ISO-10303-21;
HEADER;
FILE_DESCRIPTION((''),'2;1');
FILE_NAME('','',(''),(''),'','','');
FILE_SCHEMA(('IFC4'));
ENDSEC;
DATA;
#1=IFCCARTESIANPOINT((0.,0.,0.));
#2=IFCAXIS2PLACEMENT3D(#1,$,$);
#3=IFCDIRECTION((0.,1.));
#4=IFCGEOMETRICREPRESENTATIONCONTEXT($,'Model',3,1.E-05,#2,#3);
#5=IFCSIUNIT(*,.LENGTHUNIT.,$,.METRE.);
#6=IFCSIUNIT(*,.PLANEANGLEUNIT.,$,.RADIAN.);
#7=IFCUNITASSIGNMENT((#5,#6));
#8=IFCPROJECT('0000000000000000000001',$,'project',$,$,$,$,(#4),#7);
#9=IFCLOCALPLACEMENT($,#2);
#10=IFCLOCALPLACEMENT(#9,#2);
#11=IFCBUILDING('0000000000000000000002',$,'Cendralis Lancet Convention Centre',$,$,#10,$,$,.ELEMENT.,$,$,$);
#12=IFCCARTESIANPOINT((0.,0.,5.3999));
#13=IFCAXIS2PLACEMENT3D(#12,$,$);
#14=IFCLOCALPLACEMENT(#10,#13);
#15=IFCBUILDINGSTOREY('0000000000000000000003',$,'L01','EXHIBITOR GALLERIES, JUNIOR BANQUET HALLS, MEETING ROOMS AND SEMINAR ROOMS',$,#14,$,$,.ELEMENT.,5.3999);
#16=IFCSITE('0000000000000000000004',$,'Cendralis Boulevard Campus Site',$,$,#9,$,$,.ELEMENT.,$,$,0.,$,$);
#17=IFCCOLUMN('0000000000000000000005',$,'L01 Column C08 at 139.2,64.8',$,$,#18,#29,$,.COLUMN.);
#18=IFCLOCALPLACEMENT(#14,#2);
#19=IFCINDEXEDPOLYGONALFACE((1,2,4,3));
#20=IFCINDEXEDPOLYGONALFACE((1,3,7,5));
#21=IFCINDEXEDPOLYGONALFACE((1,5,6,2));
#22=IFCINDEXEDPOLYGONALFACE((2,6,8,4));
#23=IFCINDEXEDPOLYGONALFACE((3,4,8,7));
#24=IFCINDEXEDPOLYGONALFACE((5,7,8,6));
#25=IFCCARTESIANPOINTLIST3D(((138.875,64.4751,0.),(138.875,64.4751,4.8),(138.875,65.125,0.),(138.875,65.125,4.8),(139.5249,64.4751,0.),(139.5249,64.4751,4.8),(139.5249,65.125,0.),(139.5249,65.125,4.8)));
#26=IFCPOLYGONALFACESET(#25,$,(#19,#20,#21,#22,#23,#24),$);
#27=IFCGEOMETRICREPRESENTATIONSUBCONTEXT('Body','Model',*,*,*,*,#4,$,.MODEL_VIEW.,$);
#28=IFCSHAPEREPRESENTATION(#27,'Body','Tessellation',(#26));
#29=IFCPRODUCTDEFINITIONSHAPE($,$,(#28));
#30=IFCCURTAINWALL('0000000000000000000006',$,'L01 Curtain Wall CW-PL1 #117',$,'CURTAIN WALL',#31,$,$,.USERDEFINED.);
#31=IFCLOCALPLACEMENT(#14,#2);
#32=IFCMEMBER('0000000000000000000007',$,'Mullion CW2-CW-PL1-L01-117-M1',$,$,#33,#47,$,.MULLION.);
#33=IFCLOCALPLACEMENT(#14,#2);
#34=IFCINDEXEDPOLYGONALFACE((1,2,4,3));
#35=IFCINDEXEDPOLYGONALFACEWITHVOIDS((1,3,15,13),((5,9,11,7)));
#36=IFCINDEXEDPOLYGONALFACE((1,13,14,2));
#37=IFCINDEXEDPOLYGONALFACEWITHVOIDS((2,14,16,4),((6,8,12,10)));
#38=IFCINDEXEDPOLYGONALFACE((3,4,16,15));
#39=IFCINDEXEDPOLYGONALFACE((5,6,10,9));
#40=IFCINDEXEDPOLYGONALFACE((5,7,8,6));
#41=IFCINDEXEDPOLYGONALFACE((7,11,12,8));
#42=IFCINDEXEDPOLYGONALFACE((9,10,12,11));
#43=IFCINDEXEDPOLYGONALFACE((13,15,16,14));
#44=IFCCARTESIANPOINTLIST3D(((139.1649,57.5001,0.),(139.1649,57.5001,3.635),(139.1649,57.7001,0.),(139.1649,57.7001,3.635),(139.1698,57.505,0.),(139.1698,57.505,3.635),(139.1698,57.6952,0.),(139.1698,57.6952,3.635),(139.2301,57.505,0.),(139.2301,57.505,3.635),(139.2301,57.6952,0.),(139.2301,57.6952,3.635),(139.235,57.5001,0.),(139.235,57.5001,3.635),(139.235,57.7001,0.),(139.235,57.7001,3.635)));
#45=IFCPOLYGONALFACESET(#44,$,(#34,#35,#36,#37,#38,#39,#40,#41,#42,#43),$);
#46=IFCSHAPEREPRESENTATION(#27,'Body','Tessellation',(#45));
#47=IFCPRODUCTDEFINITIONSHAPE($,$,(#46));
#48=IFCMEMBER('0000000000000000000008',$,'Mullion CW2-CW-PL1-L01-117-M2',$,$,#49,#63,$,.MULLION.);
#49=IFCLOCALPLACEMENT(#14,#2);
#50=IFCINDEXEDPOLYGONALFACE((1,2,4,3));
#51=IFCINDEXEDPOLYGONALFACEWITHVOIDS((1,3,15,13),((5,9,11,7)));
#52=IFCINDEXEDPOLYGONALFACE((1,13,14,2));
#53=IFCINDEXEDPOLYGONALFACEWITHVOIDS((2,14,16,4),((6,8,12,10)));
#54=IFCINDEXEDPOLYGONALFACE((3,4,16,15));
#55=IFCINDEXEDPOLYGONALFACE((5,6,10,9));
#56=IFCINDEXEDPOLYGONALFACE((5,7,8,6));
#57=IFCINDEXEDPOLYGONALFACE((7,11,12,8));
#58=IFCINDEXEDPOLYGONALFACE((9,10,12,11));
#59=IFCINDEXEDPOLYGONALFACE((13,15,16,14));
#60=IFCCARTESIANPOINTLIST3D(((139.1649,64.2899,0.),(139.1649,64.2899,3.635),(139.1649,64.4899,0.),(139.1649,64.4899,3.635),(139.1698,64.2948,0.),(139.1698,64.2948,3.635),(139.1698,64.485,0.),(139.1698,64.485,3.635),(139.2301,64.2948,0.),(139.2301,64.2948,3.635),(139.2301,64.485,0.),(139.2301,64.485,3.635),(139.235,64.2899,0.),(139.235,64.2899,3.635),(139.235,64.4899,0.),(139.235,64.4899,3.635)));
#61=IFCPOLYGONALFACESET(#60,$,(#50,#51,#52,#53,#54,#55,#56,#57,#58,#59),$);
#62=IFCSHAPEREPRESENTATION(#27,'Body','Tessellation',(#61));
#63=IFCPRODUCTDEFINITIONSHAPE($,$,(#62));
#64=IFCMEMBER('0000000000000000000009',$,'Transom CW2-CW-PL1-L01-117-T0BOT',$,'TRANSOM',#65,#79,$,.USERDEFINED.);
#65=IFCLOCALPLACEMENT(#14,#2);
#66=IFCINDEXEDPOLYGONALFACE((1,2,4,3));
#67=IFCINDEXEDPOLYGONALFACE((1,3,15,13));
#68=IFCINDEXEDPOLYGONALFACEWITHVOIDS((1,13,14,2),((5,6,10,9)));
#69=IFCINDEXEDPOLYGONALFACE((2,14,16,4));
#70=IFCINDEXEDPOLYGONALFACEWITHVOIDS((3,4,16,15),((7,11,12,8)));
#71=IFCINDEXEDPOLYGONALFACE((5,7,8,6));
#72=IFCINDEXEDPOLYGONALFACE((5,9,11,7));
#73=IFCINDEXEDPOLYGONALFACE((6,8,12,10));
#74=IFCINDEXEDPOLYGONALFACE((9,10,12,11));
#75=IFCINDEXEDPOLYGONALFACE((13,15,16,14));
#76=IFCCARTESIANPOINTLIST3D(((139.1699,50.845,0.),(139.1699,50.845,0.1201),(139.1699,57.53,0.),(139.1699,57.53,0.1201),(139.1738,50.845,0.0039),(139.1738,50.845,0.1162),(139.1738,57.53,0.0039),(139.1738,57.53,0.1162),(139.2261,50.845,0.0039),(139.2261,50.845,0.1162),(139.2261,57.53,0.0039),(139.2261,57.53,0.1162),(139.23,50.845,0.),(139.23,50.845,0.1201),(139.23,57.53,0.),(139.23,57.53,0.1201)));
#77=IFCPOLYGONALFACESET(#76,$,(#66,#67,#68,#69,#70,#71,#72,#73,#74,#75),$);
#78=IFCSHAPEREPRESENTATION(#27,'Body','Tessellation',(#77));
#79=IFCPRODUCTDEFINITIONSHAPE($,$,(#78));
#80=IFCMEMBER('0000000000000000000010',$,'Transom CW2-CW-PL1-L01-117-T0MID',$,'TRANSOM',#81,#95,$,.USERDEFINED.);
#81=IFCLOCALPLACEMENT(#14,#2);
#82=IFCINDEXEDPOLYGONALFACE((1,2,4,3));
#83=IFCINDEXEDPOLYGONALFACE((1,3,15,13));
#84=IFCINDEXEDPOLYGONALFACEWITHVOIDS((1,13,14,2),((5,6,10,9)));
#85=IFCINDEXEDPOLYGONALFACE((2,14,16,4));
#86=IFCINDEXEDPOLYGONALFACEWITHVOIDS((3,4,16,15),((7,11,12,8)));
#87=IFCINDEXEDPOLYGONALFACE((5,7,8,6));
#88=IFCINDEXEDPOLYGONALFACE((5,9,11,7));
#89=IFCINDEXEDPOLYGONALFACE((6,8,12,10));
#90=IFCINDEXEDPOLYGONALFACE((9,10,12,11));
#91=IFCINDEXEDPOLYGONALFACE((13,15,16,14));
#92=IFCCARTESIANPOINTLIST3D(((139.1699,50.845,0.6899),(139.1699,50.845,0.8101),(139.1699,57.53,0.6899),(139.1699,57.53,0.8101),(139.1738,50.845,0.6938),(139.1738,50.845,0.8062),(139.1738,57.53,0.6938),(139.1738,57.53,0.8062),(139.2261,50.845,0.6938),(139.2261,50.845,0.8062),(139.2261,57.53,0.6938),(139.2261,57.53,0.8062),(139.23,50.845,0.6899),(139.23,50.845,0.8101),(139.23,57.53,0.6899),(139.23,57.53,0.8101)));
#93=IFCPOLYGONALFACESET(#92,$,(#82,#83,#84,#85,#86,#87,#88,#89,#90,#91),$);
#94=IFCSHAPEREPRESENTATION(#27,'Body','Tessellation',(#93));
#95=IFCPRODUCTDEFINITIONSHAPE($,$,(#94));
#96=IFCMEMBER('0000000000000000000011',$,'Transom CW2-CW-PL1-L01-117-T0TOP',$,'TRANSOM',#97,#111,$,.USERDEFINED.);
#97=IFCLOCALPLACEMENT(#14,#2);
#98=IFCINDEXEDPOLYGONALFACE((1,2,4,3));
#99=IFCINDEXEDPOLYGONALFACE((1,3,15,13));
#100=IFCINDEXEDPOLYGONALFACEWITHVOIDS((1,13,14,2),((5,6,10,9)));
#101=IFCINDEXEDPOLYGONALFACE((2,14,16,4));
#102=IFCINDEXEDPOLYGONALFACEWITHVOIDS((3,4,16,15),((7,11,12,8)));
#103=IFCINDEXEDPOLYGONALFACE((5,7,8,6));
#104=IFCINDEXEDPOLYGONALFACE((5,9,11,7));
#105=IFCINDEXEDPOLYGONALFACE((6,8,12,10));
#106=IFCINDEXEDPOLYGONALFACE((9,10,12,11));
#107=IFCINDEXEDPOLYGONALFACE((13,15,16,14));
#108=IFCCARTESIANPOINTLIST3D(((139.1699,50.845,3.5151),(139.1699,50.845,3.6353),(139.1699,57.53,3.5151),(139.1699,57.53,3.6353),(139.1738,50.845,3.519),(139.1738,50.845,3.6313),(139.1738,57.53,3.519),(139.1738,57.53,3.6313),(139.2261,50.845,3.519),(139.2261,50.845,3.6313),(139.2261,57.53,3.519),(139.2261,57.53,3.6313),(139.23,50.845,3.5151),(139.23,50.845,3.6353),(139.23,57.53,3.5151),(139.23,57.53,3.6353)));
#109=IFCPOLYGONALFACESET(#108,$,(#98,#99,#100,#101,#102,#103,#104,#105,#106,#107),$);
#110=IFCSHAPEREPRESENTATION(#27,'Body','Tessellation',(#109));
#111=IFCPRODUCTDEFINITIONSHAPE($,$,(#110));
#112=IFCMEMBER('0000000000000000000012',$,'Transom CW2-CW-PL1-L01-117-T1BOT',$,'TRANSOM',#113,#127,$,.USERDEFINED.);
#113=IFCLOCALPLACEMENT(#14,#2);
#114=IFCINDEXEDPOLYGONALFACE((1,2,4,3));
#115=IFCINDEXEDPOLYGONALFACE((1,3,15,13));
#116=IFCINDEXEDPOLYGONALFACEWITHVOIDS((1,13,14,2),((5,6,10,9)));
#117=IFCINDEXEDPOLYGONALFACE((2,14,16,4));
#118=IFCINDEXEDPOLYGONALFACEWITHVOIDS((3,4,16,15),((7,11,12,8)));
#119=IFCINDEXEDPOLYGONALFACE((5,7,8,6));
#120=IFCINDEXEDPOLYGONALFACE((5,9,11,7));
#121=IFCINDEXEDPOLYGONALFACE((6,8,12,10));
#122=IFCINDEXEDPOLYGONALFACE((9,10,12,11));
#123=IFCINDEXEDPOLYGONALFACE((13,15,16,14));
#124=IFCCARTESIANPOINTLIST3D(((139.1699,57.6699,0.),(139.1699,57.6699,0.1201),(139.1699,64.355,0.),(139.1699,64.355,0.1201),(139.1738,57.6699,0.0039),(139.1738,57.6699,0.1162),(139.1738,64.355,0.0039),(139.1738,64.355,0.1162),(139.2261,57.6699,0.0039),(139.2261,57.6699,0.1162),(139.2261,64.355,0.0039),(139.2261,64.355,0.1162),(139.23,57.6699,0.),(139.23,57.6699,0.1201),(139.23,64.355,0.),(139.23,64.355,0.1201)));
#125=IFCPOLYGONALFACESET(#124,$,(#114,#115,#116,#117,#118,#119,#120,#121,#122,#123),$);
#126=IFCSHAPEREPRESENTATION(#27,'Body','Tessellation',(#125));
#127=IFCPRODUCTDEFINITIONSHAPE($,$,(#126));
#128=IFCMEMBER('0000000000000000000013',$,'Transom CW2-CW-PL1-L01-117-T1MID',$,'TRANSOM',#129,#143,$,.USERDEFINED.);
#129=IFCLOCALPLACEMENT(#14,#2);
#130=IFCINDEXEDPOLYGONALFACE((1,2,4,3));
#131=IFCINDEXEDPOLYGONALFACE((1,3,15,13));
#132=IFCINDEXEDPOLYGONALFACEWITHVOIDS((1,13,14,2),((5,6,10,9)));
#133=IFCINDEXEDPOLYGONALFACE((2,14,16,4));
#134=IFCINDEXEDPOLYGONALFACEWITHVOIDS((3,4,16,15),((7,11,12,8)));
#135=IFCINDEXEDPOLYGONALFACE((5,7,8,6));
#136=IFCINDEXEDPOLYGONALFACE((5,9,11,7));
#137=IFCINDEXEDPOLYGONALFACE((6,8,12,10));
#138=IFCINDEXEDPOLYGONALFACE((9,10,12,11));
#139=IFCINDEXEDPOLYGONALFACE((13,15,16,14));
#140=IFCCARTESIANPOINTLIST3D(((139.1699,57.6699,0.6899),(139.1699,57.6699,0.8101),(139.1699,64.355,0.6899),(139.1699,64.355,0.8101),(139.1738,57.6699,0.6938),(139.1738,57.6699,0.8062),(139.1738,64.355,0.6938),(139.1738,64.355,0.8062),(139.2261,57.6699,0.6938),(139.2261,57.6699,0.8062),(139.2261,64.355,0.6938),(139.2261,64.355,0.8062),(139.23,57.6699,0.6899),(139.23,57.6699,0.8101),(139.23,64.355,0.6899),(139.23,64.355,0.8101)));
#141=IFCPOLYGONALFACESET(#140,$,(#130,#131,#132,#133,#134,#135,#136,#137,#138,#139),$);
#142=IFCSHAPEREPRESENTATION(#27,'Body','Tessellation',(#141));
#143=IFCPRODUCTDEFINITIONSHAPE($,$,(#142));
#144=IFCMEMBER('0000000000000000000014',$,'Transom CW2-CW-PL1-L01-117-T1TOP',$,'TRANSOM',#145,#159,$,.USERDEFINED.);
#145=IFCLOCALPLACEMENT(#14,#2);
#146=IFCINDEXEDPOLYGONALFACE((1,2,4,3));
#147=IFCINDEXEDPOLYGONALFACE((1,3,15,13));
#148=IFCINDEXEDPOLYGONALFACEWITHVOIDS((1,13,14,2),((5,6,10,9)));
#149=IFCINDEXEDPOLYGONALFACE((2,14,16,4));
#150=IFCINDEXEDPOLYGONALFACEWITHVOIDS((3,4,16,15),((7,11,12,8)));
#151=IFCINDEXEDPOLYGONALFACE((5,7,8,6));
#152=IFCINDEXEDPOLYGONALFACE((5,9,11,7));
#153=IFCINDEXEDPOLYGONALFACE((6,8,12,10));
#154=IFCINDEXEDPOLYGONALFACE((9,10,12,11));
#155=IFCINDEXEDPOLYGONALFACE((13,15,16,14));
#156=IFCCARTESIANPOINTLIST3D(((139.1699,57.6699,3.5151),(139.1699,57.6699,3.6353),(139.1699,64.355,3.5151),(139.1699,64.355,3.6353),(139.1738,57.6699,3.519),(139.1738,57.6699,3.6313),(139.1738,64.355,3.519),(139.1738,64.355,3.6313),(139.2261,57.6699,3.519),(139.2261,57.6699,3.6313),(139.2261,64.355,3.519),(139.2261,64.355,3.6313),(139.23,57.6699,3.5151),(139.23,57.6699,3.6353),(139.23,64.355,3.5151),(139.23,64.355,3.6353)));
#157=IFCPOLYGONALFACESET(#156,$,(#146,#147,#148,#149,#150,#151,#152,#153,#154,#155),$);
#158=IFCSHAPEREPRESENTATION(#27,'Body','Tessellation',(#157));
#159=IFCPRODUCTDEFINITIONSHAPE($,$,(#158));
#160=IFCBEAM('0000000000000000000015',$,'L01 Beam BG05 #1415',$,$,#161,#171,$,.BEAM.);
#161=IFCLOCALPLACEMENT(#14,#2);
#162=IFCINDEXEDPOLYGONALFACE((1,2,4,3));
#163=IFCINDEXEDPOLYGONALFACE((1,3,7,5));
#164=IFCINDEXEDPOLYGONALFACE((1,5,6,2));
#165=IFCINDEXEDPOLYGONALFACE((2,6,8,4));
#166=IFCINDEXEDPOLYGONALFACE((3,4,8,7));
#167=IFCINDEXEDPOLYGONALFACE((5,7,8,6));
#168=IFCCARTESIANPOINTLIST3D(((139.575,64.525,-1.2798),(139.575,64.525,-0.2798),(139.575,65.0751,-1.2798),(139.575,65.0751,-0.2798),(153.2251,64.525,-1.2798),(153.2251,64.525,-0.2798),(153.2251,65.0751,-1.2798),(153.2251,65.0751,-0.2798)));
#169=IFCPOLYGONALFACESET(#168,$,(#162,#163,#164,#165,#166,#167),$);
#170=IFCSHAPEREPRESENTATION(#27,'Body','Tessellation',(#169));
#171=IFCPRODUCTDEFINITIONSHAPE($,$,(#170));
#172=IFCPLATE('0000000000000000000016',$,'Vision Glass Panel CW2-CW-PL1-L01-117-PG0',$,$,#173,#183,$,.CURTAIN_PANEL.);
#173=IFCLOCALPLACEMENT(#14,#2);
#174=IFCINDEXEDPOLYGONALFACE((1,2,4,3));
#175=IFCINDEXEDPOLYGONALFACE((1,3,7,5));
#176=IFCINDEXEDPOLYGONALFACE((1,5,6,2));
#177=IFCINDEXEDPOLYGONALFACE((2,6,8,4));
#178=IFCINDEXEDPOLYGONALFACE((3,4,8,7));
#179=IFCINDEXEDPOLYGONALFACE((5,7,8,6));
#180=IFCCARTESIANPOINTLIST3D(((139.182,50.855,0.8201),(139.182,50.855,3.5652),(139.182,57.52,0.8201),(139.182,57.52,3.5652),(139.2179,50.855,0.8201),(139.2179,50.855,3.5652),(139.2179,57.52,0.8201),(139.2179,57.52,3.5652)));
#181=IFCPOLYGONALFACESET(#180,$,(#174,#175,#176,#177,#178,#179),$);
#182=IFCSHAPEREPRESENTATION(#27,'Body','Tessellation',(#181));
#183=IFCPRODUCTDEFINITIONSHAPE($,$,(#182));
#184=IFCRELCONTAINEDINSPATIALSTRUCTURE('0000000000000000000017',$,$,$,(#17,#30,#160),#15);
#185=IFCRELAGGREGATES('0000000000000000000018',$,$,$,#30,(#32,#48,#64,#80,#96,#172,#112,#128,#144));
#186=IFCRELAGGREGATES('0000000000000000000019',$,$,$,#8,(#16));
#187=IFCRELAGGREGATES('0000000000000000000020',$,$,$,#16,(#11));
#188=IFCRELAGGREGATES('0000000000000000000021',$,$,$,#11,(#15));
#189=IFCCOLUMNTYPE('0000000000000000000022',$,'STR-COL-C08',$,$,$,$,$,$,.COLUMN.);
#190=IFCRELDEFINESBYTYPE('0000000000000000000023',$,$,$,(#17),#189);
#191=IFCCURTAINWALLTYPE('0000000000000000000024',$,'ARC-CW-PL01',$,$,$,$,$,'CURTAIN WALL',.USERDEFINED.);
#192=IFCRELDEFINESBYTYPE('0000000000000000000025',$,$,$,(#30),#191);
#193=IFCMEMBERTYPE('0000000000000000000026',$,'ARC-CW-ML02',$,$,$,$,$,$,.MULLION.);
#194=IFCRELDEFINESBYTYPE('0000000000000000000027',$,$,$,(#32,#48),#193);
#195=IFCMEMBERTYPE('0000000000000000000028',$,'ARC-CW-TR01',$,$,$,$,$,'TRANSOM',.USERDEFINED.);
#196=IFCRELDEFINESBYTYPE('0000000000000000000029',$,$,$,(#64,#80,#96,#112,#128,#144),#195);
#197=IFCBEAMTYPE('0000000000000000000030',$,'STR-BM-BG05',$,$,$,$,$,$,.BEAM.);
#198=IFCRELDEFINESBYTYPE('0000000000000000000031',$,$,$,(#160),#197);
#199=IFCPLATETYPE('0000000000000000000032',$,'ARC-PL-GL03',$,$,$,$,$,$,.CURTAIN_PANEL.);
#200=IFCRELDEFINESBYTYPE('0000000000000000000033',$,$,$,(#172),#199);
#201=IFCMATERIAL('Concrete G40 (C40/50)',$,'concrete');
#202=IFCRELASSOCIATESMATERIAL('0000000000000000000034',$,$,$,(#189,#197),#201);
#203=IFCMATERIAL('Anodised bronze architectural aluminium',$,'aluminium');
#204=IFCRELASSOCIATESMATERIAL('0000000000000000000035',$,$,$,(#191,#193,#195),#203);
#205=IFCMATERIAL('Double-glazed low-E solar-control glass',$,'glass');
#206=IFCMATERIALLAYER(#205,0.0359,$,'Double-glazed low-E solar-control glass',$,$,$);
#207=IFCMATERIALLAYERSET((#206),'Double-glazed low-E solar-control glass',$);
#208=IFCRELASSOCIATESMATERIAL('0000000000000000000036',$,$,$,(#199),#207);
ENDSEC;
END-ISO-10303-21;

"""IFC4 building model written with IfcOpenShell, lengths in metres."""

from ifc_helpers import new_model, si_unit, direction, frame, origin, origin_2d, place, context, subcontext, project, spatial, rectangle, hollow_rectangle, extrude, material, layer, layer_set, material_profile, profile_set, type_object, element, aggregate, save


model = new_model("IFC4")

# Units and contexts
model_context = context("Model", 3, precision=1e-05, world=origin(), true_north=direction((0.0, 1.0)))
body_context = subcontext(model_context, "Body", "Model", "MODEL_VIEW")
ifc_project = project(units=[si_unit("LENGTHUNIT", "METRE"), si_unit("PLANEANGLEUNIT", "RADIAN")], contexts=[model_context])

# Site, building, storey
site_placement = place(None, origin())
site = spatial("IfcSite", under=ifc_project, at=site_placement, Name="Cendralis Boulevard Campus Site", CompositionType="ELEMENT", RefElevation=0.0)
building_placement = place(site_placement, origin())
building = spatial("IfcBuilding", under=site, at=building_placement, Name="Cendralis Lancet Convention Centre", CompositionType="ELEMENT")
storey_placement = place(building_placement, frame((0.0, 0.0, 5.3999)))
storey = spatial("IfcBuildingStorey", under=building, at=storey_placement, Name="L01", Description="EXHIBITOR GALLERIES, JUNIOR BANQUET HALLS, MEETING ROOMS AND SEMINAR ROOMS", CompositionType="ELEMENT", Elevation=5.3999)

# Column
ifc_material_1 = material(Name="Concrete G40 (C40/50)", Category="concrete")
ifc_material_profile_1 = material_profile(ifc_material_1, rectangle(XDim=0.6499, YDim=0.6499, at=origin_2d()), Name="RC 650x650")
ifc_profile_set_1 = profile_set([ifc_material_profile_1], Name="Concrete G40 (C40/50)")
column_type = type_object("IfcColumnType", Name="STR-COL-C08", PredefinedType="COLUMN", material=ifc_profile_set_1)
column_placement = place(storey_placement, frame((139.2, 64.8, 0.0), z_axis=(0.0, 0.0, 1.0), x_axis=(1.0, 0.0, 0.0)))
element("IfcColumn", 1, at=column_placement, inside=storey, type_object=column_type, Name="L01 Column C08 at 139.2,64.8", PredefinedType="COLUMN", context=body_context, shape_type="SweptSolid", body=[
    extrude(rectangle(XDim=0.6499, YDim=0.6499, at=origin_2d()), origin(), (0.0, 0.0, 1.0), 4.8),
])

# Curtain wall, members
ifc_material_2 = material(Name="Anodised bronze architectural aluminium", Category="aluminium")
curtain_wall_type = type_object("IfcCurtainWallType", Name="ARC-CW-PL01", ElementType="CURTAIN WALL", PredefinedType="USERDEFINED", material=ifc_material_2)
curtain_wall_placement = place(storey_placement, origin())
curtain_wall = element("IfcCurtainWall", 2, at=curtain_wall_placement, inside=storey, type_object=curtain_wall_type, Name="L01 Curtain Wall CW-PL1 #117", ObjectType="CURTAIN WALL", PredefinedType="USERDEFINED")
ifc_material_profile_2 = material_profile(ifc_material_2, hollow_rectangle(XDim=0.0701, YDim=0.2, WallThickness=0.0049, at=origin_2d()), Name="AL-MULL 70x200x5.0")
ifc_profile_set_2 = profile_set([ifc_material_profile_2], Name="Anodised bronze architectural aluminium")
member_type_1 = type_object("IfcMemberType", Name="ARC-CW-ML02", PredefinedType="MULLION", material=ifc_profile_set_2)
member_1_placement = place(storey_placement, frame((139.2, 57.6001, 0.0), z_axis=(0.0, 0.0, 1.0), x_axis=(1.0, 0.0, 0.0)))
member_1 = element("IfcMember", 3, at=member_1_placement, type_object=member_type_1, Name="Mullion CW2-CW-PL1-L01-117-M1", PredefinedType="MULLION", context=body_context, shape_type="SweptSolid", body=[
    extrude(hollow_rectangle(XDim=0.0701, YDim=0.2, WallThickness=0.0049, at=origin_2d()), origin(), (0.0, 0.0, 1.0), 3.635),
])
member_2_placement = place(storey_placement, frame((139.2, 64.3899, 0.0), z_axis=(0.0, 0.0, 1.0), x_axis=(1.0, 0.0, 0.0)))
member_2 = element("IfcMember", 4, at=member_2_placement, type_object=member_type_1, Name="Mullion CW2-CW-PL1-L01-117-M2", PredefinedType="MULLION", context=body_context, shape_type="SweptSolid", body=[
    extrude(hollow_rectangle(XDim=0.0701, YDim=0.2, WallThickness=0.0049, at=origin_2d()), origin(), (0.0, 0.0, 1.0), 3.635),
])
ifc_material_profile_3 = material_profile(ifc_material_2, hollow_rectangle(XDim=0.0601, YDim=0.1201, WallThickness=0.0039, at=origin_2d()), Name="AL-TRAN 60x120x4.0")
ifc_profile_set_3 = profile_set([ifc_material_profile_3], Name="Anodised bronze architectural aluminium")
member_type_2 = type_object("IfcMemberType", Name="ARC-CW-TR01", ElementType="TRANSOM", PredefinedType="USERDEFINED", material=ifc_profile_set_3)
member_3_placement = place(storey_placement, frame((139.2, 50.845, 0.0601), z_axis=(0.0, 1.0, 0.0), x_axis=(-1.0, 0.0, 0.0)))
member_3 = element("IfcMember", 5, at=member_3_placement, type_object=member_type_2, Name="Transom CW2-CW-PL1-L01-117-T0BOT", ObjectType="TRANSOM", PredefinedType="USERDEFINED", context=body_context, shape_type="SweptSolid", body=[
    extrude(hollow_rectangle(XDim=0.0601, YDim=0.1201, WallThickness=0.0039, at=origin_2d()), origin(), (0.0, 0.0, 1.0), 6.6851),
])
member_4_placement = place(storey_placement, frame((139.2, 50.845, 0.75), z_axis=(0.0, 1.0, 0.0), x_axis=(-1.0, 0.0, 0.0)))
member_4 = element("IfcMember", 6, at=member_4_placement, type_object=member_type_2, Name="Transom CW2-CW-PL1-L01-117-T0MID", ObjectType="TRANSOM", PredefinedType="USERDEFINED", context=body_context, shape_type="SweptSolid", body=[
    extrude(hollow_rectangle(XDim=0.0601, YDim=0.1201, WallThickness=0.0039, at=origin_2d()), origin(), (0.0, 0.0, 1.0), 6.6851),
])
member_5_placement = place(storey_placement, frame((139.2, 50.845, 3.5752), z_axis=(0.0, 1.0, 0.0), x_axis=(-1.0, 0.0, 0.0)))
member_5 = element("IfcMember", 7, at=member_5_placement, type_object=member_type_2, Name="Transom CW2-CW-PL1-L01-117-T0TOP", ObjectType="TRANSOM", PredefinedType="USERDEFINED", context=body_context, shape_type="SweptSolid", body=[
    extrude(hollow_rectangle(XDim=0.0601, YDim=0.1201, WallThickness=0.0039, at=origin_2d()), origin(), (0.0, 0.0, 1.0), 6.6851),
])
member_6_placement = place(storey_placement, frame((139.2, 57.6699, 0.0601), z_axis=(0.0, 1.0, 0.0), x_axis=(-1.0, 0.0, 0.0)))
member_6 = element("IfcMember", 8, at=member_6_placement, type_object=member_type_2, Name="Transom CW2-CW-PL1-L01-117-T1BOT", ObjectType="TRANSOM", PredefinedType="USERDEFINED", context=body_context, shape_type="SweptSolid", body=[
    extrude(hollow_rectangle(XDim=0.0601, YDim=0.1201, WallThickness=0.0039, at=origin_2d()), origin(), (0.0, 0.0, 1.0), 6.6851),
])
member_7_placement = place(storey_placement, frame((139.2, 57.6699, 0.75), z_axis=(0.0, 1.0, 0.0), x_axis=(-1.0, 0.0, 0.0)))
member_7 = element("IfcMember", 9, at=member_7_placement, type_object=member_type_2, Name="Transom CW2-CW-PL1-L01-117-T1MID", ObjectType="TRANSOM", PredefinedType="USERDEFINED", context=body_context, shape_type="SweptSolid", body=[
    extrude(hollow_rectangle(XDim=0.0601, YDim=0.1201, WallThickness=0.0039, at=origin_2d()), origin(), (0.0, 0.0, 1.0), 6.6851),
])
member_8_placement = place(storey_placement, frame((139.2, 57.6699, 3.5752), z_axis=(0.0, 1.0, 0.0), x_axis=(-1.0, 0.0, 0.0)))
member_8 = element("IfcMember", 10, at=member_8_placement, type_object=member_type_2, Name="Transom CW2-CW-PL1-L01-117-T1TOP", ObjectType="TRANSOM", PredefinedType="USERDEFINED", context=body_context, shape_type="SweptSolid", body=[
    extrude(hollow_rectangle(XDim=0.0601, YDim=0.1201, WallThickness=0.0039, at=origin_2d()), origin(), (0.0, 0.0, 1.0), 6.6851),
])

# Beam
ifc_material_profile_4 = material_profile(ifc_material_1, rectangle(XDim=0.55, YDim=1.0, at=origin_2d()), Name="RCB 550x1000")
ifc_profile_set_4 = profile_set([ifc_material_profile_4], Name="Concrete G40 (C40/50)")
beam_type = type_object("IfcBeamType", Name="STR-BM-BG05", PredefinedType="BEAM", material=ifc_profile_set_4)
beam_placement = place(storey_placement, frame((139.575, 64.8, -0.7798), z_axis=(1.0, 0.0, 0.0), x_axis=(0.0, 1.0, 0.0)))
element("IfcBeam", 11, at=beam_placement, inside=storey, type_object=beam_type, Name="L01 Beam BG05 #1415", PredefinedType="BEAM", context=body_context, shape_type="SweptSolid", body=[
    extrude(rectangle(XDim=0.55, YDim=1.0, at=origin_2d()), origin(), (0.0, 0.0, 1.0), 13.6501),
])

# Plate
ifc_material_3 = material(Name="Double-glazed low-E solar-control glass", Category="glass")
ifc_layer_1 = layer(ifc_material_3, 0.0359, Name="Double-glazed low-E solar-control glass")
ifc_layer_set_1 = layer_set([ifc_layer_1], Name="Double-glazed low-E solar-control glass")
plate_type_1 = type_object("IfcPlateType", Name="ARC-PL-GL03", PredefinedType="CURTAIN_PANEL", material=ifc_layer_set_1)
plate_1_placement = place(storey_placement, frame((139.2, 54.1875, 0.8201), z_axis=(0.0, 0.0, 1.0), x_axis=(0.0, 1.0, 0.0)))
plate_1 = element("IfcPlate", 12, at=plate_1_placement, type_object=plate_type_1, Name="Vision Glass Panel CW2-CW-PL1-L01-117-PG0", PredefinedType="CURTAIN_PANEL", context=body_context, shape_type="SweptSolid", body=[
    extrude(rectangle(XDim=6.665, YDim=0.0359, at=origin_2d()), origin(), (0.0, 0.0, 1.0), 2.7451),
])
aggregate(curtain_wall, [member_1, member_2, member_3, member_4, member_5, plate_1, member_6, member_7, member_8])

save(model, "model.ifc")
